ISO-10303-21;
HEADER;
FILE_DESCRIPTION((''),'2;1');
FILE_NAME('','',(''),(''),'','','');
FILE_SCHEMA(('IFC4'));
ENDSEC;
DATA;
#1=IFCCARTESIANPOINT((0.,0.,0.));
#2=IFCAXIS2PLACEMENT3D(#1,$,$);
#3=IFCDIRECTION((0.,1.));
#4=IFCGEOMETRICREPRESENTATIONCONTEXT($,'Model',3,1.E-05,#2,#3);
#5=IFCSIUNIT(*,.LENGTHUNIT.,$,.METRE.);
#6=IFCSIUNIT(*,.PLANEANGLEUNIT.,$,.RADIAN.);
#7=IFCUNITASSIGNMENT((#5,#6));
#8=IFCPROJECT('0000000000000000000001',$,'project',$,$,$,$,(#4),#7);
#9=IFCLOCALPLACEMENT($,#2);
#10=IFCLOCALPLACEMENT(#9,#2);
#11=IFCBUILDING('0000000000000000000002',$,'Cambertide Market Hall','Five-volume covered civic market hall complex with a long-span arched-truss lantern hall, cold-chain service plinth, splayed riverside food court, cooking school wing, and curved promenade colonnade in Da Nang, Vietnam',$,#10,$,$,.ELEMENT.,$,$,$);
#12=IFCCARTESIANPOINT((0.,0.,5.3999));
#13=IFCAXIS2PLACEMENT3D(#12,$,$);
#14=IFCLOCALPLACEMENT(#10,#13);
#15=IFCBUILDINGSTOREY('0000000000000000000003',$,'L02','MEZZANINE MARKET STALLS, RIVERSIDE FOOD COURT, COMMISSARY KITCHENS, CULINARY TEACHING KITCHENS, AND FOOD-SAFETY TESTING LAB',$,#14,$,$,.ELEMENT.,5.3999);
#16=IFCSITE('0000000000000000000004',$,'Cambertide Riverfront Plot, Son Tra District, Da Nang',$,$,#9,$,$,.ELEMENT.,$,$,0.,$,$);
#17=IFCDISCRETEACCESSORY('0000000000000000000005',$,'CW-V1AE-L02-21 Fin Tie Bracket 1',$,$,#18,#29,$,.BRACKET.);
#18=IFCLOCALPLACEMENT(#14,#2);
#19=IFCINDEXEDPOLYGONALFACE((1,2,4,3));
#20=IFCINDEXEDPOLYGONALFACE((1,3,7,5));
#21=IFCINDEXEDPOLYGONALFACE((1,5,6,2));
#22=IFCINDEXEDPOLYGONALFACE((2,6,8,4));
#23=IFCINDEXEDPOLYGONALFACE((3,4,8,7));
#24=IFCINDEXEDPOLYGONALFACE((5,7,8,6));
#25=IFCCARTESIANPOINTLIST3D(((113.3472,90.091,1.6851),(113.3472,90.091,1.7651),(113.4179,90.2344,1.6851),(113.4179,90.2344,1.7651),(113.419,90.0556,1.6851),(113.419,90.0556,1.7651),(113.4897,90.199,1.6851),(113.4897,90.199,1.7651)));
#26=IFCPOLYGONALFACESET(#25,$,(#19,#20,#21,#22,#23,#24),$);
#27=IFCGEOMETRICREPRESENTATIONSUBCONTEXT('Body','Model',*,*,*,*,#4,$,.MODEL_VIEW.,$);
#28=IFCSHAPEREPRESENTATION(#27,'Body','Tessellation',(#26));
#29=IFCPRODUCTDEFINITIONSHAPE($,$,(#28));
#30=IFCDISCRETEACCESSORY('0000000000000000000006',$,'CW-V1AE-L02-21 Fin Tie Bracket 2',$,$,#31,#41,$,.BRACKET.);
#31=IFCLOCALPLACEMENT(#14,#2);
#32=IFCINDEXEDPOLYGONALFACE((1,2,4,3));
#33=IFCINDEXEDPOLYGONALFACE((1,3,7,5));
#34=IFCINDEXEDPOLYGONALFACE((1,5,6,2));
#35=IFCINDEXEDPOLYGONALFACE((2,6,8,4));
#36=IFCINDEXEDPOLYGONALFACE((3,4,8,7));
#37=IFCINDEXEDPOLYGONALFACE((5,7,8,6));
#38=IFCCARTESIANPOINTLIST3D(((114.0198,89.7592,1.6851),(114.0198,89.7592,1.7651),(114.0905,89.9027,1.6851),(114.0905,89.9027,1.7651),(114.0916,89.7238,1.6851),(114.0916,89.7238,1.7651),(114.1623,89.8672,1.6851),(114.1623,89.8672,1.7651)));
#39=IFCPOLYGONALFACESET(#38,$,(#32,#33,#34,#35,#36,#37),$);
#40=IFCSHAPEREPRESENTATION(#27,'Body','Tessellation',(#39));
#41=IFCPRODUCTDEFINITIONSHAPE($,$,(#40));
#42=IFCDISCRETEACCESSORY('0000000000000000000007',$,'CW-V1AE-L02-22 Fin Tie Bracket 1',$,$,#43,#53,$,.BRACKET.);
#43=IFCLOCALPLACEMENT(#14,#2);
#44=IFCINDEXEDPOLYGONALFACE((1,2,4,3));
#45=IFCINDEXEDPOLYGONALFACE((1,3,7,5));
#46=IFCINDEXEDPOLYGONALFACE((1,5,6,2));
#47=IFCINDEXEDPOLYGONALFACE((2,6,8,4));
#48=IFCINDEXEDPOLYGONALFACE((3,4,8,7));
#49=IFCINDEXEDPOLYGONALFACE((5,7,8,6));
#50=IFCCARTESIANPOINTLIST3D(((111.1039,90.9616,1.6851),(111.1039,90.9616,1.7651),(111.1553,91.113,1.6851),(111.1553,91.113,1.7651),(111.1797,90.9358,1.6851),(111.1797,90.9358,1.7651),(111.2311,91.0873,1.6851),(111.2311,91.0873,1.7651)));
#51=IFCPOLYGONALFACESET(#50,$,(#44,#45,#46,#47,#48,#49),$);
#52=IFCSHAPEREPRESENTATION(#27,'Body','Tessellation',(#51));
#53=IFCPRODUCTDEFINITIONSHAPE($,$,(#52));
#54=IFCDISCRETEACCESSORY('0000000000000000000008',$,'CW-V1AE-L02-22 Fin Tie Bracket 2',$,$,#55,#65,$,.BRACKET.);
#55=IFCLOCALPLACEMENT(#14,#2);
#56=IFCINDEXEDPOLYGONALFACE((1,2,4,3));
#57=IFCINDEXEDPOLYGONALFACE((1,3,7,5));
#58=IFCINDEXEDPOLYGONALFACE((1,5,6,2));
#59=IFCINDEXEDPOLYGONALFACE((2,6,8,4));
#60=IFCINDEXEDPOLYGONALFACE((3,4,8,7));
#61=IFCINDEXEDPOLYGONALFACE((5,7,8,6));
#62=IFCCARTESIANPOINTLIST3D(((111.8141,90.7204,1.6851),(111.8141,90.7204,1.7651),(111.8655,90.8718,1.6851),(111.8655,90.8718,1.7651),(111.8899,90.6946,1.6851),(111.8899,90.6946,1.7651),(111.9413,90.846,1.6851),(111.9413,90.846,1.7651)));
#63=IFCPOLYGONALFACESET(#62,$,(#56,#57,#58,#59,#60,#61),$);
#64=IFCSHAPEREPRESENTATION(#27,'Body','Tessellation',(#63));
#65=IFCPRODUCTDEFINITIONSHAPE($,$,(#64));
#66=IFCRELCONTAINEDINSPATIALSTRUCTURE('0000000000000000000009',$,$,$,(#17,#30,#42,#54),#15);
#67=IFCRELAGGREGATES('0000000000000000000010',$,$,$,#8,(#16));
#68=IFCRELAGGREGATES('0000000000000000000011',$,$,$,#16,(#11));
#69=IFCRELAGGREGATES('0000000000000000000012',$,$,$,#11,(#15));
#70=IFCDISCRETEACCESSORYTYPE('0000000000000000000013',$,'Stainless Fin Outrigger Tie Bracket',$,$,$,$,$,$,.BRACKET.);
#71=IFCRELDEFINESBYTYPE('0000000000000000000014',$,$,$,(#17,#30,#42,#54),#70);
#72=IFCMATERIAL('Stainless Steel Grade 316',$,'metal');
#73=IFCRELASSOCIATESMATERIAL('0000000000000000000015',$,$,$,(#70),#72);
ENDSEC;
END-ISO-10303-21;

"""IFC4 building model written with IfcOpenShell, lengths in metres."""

from ifc_helpers import new_model, si_unit, direction, frame, origin, origin_2d, place, context, subcontext, project, spatial, rectangle, extrude, material, type_object, element, save


model = new_model("IFC4")

# Units and contexts
model_context = context("Model", 3, precision=1e-05, world=origin(), true_north=direction((0.0, 1.0)))
body_context = subcontext(model_context, "Body", "Model", "MODEL_VIEW")
ifc_project = project(units=[si_unit("LENGTHUNIT", "METRE"), si_unit("PLANEANGLEUNIT", "RADIAN")], contexts=[model_context])

# Site, building, storey
site_placement = place(None, origin())
site = spatial("IfcSite", under=ifc_project, at=site_placement, Name="Cambertide Riverfront Plot, Son Tra District, Da Nang", CompositionType="ELEMENT", RefElevation=0.0)
building_placement = place(site_placement, origin())
building = spatial("IfcBuilding", under=site, at=building_placement, Name="Cambertide Market Hall", Description="Five-volume covered civic market hall complex with a long-span arched-truss lantern hall, cold-chain service plinth, splayed riverside food court, cooking school wing, and curved promenade colonnade in Da Nang, Vietnam", CompositionType="ELEMENT")
storey_placement = place(building_placement, frame((0.0, 0.0, 5.3999)))
storey = spatial("IfcBuildingStorey", under=building, at=storey_placement, Name="L02", Description="MEZZANINE MARKET STALLS, RIVERSIDE FOOD COURT, COMMISSARY KITCHENS, CULINARY TEACHING KITCHENS, AND FOOD-SAFETY TESTING LAB", CompositionType="ELEMENT", Elevation=5.3999)

# Discrete accessories
ifc_material_1 = material(Name="Stainless Steel Grade 316", Category="metal")
discrete_accessory_type = type_object("IfcDiscreteAccessoryType", Name="Stainless Fin Outrigger Tie Bracket", PredefinedType="BRACKET", material=ifc_material_1)
for number, where, z_axis, x_axis, name in (
    (1, (113.4185, 90.145, 1.6851), (0.0, 0.0, 1.0), (0.896873, -0.442289, 0.0), "CW-V1AE-L02-21 Fin Tie Bracket 1"),
    (2, (114.0911, 89.8132, 1.6851), (0.0, 0.0, 1.0), (0.896873, -0.442289, 0.0), "CW-V1AE-L02-21 Fin Tie Bracket 2"),
    (3, (111.1675, 91.0244, 1.6851), (0.0, 0.0, 1.0), (0.94693, -0.321439, 0.0), "CW-V1AE-L02-22 Fin Tie Bracket 1"),
    (4, (111.8777, 90.7832, 1.6851), (0.0, 0.0, 1.0), (0.94693, -0.321439, 0.0), "CW-V1AE-L02-22 Fin Tie Bracket 2"),
):
    element("IfcDiscreteAccessory", number, at=place(storey_placement, frame(where, z_axis=z_axis, x_axis=x_axis)), inside=storey, type_object=discrete_accessory_type, Name=name, PredefinedType="BRACKET", context=body_context, shape_type="SweptSolid", body=[
        extrude(rectangle(XDim=0.0801, YDim=0.1599, at=origin_2d()), origin(), (0.0, 0.0, 1.0), 0.0801),
    ])

save(model, "model.ifc")
